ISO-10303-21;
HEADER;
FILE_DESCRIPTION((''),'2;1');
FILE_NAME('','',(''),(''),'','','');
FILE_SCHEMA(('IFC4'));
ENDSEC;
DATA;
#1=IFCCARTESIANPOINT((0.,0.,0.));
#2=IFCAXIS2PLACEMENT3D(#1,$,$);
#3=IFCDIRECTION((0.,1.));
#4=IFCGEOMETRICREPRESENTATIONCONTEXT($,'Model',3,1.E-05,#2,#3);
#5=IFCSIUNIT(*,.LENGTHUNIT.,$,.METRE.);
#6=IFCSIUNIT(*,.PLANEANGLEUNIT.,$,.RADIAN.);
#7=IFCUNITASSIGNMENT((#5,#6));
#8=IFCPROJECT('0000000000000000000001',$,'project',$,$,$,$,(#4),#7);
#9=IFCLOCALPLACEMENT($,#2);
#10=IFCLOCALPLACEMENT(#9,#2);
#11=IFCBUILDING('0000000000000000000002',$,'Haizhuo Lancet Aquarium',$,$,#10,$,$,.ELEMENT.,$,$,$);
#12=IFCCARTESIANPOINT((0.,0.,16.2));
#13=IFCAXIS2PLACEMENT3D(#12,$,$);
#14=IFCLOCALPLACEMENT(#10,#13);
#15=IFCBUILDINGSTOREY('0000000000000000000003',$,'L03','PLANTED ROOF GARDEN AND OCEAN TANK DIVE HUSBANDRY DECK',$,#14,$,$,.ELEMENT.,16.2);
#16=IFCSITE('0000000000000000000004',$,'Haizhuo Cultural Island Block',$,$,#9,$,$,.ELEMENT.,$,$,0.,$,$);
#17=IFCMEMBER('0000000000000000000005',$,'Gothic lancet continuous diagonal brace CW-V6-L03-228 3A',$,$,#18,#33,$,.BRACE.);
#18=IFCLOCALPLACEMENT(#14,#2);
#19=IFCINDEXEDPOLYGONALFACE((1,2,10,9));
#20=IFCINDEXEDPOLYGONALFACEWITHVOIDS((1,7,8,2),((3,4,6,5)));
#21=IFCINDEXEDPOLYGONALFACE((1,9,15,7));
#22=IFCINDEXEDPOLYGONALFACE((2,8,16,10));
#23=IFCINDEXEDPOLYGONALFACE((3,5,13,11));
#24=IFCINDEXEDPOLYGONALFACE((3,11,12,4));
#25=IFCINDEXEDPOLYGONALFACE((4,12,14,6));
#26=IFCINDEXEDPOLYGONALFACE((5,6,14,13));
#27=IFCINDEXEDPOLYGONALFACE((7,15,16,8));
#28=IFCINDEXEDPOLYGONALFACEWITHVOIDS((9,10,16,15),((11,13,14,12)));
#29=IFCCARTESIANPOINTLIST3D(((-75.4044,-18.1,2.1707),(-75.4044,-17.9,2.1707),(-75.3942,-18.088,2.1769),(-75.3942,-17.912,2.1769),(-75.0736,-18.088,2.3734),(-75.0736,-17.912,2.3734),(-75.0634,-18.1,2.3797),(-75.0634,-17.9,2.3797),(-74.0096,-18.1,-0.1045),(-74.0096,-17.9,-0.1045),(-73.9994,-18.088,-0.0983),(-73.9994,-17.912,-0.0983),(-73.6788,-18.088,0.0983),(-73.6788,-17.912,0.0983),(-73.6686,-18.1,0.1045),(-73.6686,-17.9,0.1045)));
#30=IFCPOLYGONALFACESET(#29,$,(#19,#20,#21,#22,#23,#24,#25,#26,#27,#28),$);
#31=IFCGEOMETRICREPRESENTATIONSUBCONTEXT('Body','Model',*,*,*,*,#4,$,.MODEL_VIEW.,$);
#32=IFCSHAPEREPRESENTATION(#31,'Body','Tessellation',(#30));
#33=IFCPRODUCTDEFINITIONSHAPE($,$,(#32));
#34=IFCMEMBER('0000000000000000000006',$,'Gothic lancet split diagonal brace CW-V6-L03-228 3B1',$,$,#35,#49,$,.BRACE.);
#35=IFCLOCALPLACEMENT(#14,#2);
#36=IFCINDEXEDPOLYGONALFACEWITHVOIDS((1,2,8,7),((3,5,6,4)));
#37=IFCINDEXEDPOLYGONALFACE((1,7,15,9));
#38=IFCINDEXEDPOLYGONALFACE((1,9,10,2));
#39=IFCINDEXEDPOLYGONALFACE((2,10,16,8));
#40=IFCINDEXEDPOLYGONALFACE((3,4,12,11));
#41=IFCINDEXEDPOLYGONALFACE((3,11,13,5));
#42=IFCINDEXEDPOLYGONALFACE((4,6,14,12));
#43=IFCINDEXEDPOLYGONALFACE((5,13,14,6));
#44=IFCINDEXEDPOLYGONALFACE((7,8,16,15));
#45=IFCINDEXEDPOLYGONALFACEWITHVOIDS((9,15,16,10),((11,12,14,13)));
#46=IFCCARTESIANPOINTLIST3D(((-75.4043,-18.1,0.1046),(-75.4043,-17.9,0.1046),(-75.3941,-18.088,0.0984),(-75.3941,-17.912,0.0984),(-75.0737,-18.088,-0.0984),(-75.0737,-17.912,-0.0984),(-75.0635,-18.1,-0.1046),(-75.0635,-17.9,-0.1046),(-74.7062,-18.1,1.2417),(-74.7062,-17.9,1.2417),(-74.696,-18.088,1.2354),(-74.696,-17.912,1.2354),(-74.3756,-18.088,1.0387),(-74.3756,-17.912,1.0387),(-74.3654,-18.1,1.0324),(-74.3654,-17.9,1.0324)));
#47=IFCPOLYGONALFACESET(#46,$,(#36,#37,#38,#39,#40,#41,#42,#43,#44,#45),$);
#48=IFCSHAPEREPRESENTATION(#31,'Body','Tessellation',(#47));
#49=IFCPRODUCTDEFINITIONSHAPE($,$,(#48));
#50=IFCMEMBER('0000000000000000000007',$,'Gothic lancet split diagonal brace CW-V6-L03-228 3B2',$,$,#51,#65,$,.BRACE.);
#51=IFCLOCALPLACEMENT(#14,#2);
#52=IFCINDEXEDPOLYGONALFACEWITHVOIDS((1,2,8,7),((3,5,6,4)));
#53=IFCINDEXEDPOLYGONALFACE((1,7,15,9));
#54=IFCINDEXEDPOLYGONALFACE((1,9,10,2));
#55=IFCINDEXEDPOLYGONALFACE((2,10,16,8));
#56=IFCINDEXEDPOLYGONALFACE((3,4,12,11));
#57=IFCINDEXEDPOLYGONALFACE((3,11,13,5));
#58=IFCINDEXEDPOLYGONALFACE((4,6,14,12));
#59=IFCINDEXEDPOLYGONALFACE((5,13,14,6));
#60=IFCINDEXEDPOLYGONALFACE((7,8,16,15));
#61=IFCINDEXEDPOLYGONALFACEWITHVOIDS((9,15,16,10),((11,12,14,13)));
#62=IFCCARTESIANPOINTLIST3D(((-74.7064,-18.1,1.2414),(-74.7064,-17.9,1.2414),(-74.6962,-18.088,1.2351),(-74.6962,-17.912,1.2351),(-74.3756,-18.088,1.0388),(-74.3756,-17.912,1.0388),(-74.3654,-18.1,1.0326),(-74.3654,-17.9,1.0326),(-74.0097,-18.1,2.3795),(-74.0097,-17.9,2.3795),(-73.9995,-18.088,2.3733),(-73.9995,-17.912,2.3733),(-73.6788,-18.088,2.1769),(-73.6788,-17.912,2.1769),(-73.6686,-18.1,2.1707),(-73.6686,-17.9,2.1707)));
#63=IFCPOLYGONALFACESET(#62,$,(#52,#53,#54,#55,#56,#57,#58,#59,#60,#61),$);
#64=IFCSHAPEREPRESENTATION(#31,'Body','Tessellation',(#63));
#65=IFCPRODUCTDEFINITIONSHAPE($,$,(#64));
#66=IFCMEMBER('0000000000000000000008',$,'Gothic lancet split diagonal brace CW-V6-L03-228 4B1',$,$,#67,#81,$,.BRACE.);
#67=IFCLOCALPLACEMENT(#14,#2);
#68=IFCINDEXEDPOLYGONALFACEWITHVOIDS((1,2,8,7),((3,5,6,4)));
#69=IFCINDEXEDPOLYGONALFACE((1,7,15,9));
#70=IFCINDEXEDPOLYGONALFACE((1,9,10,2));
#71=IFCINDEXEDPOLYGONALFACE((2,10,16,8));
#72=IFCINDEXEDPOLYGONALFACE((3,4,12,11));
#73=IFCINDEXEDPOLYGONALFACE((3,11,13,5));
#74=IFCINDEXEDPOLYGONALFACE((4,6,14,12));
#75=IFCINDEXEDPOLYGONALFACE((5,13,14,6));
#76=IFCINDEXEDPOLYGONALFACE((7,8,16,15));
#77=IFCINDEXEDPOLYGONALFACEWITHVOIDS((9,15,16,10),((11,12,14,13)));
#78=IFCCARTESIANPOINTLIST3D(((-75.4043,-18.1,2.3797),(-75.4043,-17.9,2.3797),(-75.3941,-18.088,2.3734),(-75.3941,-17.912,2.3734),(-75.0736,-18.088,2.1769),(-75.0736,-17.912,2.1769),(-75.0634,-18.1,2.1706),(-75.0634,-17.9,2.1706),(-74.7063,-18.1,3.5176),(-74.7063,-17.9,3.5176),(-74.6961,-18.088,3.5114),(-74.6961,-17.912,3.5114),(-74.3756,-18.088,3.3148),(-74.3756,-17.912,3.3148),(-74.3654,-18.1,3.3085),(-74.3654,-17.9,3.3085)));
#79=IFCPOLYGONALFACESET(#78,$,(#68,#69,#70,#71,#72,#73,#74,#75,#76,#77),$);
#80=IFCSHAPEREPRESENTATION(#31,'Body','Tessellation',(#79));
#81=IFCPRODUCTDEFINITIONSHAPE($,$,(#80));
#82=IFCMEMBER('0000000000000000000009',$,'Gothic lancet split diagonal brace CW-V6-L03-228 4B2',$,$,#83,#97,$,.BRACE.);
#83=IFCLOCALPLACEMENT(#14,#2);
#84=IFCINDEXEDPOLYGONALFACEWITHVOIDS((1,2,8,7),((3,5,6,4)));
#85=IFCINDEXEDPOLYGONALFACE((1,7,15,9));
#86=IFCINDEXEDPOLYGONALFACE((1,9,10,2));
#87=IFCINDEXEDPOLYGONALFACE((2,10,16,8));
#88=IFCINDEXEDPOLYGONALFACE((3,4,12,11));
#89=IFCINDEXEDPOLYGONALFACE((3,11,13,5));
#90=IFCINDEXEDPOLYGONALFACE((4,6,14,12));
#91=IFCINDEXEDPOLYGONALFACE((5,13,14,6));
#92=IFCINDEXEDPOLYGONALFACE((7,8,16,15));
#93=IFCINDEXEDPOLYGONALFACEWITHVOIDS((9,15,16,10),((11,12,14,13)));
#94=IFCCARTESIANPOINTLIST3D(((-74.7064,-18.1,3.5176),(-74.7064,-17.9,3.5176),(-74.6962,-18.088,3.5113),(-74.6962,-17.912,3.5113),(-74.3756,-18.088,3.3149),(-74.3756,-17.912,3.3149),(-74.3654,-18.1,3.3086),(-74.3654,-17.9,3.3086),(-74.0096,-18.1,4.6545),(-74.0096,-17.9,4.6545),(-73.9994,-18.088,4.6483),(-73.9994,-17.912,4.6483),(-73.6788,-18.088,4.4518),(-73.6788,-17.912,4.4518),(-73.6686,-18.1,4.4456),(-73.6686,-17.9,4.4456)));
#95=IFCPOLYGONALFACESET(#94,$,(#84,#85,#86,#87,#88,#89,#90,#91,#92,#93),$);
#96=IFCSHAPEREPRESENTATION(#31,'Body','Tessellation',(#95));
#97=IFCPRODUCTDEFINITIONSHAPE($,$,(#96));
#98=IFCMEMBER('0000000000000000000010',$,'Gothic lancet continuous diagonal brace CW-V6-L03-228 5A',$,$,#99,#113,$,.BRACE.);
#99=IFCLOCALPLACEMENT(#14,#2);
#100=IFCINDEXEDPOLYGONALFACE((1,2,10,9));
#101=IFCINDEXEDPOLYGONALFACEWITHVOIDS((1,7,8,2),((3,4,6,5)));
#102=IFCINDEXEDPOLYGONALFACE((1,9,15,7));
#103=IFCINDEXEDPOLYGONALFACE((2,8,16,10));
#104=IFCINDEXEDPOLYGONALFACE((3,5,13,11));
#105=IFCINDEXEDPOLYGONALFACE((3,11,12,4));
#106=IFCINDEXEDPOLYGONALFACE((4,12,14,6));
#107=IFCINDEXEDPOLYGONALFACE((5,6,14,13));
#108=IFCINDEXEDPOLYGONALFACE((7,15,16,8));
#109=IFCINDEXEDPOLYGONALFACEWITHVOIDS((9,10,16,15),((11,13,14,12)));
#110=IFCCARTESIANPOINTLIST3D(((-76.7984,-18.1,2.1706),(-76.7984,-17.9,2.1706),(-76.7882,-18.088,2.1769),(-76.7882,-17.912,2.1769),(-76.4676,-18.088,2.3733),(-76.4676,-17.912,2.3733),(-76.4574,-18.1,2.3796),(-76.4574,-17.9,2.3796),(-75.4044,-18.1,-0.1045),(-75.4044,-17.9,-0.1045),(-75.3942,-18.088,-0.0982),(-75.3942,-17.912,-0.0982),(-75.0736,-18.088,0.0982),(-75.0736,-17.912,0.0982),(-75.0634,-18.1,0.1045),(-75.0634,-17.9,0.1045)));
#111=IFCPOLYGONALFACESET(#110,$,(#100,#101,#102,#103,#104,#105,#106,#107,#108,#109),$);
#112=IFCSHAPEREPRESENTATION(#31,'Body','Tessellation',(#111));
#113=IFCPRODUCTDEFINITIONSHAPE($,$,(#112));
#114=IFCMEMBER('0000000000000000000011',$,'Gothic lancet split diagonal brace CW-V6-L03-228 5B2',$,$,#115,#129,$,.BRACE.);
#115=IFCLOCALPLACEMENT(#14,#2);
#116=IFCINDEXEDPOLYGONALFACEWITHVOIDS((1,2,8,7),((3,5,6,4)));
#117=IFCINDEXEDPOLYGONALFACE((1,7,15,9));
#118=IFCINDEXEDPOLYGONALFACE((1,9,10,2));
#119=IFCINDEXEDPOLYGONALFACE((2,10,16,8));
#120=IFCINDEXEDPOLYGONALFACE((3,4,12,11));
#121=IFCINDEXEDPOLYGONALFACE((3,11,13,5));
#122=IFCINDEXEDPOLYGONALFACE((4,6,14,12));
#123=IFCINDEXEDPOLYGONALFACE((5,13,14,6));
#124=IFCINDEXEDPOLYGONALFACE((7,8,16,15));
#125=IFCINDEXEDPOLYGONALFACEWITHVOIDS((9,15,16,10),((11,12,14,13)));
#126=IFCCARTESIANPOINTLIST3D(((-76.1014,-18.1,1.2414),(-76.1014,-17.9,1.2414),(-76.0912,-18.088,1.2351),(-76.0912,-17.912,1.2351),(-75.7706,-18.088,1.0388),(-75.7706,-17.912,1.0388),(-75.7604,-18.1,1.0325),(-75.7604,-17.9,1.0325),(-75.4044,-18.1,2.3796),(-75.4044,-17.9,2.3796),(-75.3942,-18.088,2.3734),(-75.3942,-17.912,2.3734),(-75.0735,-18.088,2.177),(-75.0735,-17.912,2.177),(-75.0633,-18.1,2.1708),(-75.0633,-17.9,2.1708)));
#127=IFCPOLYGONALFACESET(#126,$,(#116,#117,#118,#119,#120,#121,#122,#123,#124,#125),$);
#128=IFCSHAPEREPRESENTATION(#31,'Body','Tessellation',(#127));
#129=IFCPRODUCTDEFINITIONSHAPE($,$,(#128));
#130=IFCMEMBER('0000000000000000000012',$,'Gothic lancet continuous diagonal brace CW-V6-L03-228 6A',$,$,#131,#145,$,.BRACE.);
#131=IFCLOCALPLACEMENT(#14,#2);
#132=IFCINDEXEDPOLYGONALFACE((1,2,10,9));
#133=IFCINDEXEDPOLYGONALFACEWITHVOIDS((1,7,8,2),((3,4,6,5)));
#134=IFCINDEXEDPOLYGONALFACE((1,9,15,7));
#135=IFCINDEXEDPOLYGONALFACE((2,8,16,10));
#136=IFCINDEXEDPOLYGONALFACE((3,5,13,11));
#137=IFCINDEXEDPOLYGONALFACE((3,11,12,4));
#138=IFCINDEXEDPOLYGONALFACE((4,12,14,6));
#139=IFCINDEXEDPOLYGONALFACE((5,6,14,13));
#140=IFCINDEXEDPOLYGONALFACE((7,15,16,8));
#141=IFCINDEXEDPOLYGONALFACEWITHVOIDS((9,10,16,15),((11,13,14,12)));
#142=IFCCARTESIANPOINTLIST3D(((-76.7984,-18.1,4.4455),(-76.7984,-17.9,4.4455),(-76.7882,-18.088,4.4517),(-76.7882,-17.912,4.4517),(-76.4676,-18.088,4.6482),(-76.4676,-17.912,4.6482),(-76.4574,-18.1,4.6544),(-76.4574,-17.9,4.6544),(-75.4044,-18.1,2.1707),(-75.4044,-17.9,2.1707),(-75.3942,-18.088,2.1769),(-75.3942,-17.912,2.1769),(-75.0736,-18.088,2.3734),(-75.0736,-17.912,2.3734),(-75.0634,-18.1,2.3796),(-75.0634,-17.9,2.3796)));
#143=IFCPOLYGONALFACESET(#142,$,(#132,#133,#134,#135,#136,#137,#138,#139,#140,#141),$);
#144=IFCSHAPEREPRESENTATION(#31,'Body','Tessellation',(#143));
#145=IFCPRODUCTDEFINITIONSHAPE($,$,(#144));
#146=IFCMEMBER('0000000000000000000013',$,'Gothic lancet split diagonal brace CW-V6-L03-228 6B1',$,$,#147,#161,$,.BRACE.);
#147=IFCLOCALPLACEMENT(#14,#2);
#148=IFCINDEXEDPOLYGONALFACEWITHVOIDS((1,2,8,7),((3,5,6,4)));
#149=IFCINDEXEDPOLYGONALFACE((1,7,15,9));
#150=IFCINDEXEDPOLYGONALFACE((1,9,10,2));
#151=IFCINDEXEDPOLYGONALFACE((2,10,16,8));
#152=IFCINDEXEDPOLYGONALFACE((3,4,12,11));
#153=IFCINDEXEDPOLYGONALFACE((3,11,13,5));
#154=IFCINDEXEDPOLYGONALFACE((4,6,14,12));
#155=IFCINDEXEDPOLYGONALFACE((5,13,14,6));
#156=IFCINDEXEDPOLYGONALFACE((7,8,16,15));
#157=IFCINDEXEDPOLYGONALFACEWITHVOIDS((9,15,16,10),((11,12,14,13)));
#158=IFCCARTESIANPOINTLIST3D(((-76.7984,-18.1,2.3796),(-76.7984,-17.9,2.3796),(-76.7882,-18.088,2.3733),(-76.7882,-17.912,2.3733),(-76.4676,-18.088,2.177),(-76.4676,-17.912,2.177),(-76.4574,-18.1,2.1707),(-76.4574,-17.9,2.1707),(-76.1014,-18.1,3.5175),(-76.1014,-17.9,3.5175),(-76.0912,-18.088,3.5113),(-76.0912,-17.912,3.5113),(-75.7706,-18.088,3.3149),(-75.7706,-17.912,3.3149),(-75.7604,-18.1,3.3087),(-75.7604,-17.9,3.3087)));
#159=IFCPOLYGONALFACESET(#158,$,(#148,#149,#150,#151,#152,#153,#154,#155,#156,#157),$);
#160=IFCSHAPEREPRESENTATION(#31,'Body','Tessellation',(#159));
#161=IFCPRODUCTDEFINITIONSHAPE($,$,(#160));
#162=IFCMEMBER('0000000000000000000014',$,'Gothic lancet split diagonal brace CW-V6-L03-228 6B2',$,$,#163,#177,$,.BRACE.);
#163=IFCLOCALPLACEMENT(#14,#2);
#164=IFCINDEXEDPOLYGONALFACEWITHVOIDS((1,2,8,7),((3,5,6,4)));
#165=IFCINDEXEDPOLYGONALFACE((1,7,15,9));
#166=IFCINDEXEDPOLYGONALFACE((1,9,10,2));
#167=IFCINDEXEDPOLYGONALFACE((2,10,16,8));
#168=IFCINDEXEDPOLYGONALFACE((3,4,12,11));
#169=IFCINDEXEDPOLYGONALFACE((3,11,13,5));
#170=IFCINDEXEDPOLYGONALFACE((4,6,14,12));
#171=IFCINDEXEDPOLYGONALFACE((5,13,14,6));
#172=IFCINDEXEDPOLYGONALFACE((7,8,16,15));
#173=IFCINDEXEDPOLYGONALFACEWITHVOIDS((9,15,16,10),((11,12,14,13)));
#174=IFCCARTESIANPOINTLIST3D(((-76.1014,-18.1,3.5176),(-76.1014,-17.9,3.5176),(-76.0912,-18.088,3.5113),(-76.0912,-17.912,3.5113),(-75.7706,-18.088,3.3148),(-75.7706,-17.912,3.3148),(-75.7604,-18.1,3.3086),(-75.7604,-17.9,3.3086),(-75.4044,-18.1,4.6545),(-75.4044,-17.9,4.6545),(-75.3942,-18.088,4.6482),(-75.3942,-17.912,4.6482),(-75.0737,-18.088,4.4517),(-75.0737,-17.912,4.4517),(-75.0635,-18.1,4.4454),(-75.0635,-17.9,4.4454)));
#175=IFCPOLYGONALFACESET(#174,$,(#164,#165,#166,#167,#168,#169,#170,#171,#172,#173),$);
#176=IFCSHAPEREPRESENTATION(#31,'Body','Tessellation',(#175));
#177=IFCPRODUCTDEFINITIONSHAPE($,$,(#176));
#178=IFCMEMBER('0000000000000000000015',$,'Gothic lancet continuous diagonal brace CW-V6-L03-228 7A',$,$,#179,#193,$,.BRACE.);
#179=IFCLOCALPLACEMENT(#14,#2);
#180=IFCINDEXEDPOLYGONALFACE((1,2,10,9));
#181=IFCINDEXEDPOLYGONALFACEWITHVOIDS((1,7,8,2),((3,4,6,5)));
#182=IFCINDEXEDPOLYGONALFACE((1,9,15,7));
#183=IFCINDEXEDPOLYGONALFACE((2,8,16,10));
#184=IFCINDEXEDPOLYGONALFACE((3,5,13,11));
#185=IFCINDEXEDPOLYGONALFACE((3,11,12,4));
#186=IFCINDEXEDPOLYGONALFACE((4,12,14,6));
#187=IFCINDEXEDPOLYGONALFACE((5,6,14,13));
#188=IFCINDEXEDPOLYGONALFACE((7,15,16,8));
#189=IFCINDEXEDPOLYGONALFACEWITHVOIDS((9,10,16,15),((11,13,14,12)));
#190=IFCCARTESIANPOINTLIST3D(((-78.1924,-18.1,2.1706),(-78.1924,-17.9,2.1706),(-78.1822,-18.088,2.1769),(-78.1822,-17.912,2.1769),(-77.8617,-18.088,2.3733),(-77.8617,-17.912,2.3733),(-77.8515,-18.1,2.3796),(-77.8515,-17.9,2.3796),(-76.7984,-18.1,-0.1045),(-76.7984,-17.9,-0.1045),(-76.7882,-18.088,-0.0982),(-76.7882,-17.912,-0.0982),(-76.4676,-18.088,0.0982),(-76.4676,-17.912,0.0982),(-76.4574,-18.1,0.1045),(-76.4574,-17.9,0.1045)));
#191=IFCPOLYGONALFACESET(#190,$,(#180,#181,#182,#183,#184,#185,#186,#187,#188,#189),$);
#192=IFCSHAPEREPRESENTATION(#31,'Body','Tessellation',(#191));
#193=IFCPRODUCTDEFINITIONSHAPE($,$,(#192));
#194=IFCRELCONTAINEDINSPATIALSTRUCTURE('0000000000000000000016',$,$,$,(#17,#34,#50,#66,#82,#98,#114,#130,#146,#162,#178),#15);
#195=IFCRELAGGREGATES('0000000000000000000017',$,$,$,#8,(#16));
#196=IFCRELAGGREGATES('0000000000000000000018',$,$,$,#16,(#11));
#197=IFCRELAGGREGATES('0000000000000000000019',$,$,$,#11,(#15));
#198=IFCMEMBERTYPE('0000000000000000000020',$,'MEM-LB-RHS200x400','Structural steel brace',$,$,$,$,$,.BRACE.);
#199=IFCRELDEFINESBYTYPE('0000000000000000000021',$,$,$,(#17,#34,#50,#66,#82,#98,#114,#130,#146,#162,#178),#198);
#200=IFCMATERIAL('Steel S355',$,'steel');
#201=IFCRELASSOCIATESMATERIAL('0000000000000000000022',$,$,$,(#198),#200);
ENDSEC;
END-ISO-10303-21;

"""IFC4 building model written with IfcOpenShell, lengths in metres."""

from ifc_helpers import new_model, si_unit, direction, frame, origin, origin_2d, place, context, subcontext, project, spatial, hollow_rectangle, extrude, material, material_profile, profile_set, type_object, element, save


model = new_model("IFC4")

# Units and contexts
model_context = context("Model", 3, precision=1e-05, world=origin(), true_north=direction((0.0, 1.0)))
body_context = subcontext(model_context, "Body", "Model", "MODEL_VIEW")
ifc_project = project(units=[si_unit("LENGTHUNIT", "METRE"), si_unit("PLANEANGLEUNIT", "RADIAN")], contexts=[model_context])

# Site, building, storey
site_placement = place(None, origin())
site = spatial("IfcSite", under=ifc_project, at=site_placement, Name="Haizhuo Cultural Island Block", CompositionType="ELEMENT", RefElevation=0.0)
building_placement = place(site_placement, origin())
building = spatial("IfcBuilding", under=site, at=building_placement, Name="Haizhuo Lancet Aquarium", CompositionType="ELEMENT")
storey_placement = place(building_placement, frame((0.0, 0.0, 16.2)))
storey = spatial("IfcBuildingStorey", under=building, at=storey_placement, Name="L03", Description="PLANTED ROOF GARDEN AND OCEAN TANK DIVE HUSBANDRY DECK", CompositionType="ELEMENT", Elevation=16.2)

# Members
ifc_material_1 = material(Name="Steel S355", Category="steel")
ifc_material_profile_1 = material_profile(ifc_material_1, hollow_rectangle(XDim=0.2, YDim=0.3999, WallThickness=0.012, at=origin_2d()), Name="RHS 200x400x12")
ifc_profile_set_1 = profile_set([ifc_material_profile_1], Name="Steel S355")
member_type_1 = type_object("IfcMemberType", Name="MEM-LB-RHS200x400", Description="Structural steel brace", PredefinedType="BRACE", material=ifc_profile_set_1)
member_1_placement = place(storey_placement, frame((-73.8391, -18.0, 0.0), z_axis=(-0.522652, 0.0, 0.852546), x_axis=(0.0, -1.0, 0.0)))
element("IfcMember", 1, at=member_1_placement, inside=storey, type_object=member_type_1, Name="Gothic lancet continuous diagonal brace CW-V6-L03-228 3A", PredefinedType="BRACE", context=body_context, shape_type="SweptSolid", body=[
    extrude(hollow_rectangle(XDim=0.2, YDim=0.3999, WallThickness=0.012, at=origin_2d()), origin(), (0.0, 0.0, 1.0), 2.6687),
])
member_2_placement = place(storey_placement, frame((-75.2339, -18.0, 0.0), z_axis=(0.523188, 0.0, 0.852217), x_axis=(0.0, 1.0, 0.0)))
element("IfcMember", 2, at=member_2_placement, inside=storey, type_object=member_type_1, Name="Gothic lancet split diagonal brace CW-V6-L03-228 3B1", PredefinedType="BRACE", context=body_context, shape_type="SweptSolid", body=[
    extrude(hollow_rectangle(XDim=0.2, YDim=0.3999, WallThickness=0.012, at=origin_2d()), origin(), (0.0, 0.0, 1.0), 1.3342),
])
member_3_placement = place(storey_placement, frame((-74.5359, -18.0, 1.137), z_axis=(0.522116, 0.0, 0.852875), x_axis=(0.0, 1.0, 0.0)))
element("IfcMember", 3, at=member_3_placement, inside=storey, type_object=member_type_1, Name="Gothic lancet split diagonal brace CW-V6-L03-228 3B2", PredefinedType="BRACE", context=body_context, shape_type="SweptSolid", body=[
    extrude(hollow_rectangle(XDim=0.2, YDim=0.3999, WallThickness=0.012, at=origin_2d()), origin(), (0.0, 0.0, 1.0), 1.3345),
])
member_4_placement = place(storey_placement, frame((-75.2339, -18.0, 2.2751), z_axis=(0.522862, 0.0, 0.852417), x_axis=(0.0, 1.0, 0.0)))
element("IfcMember", 4, at=member_4_placement, inside=storey, type_object=member_type_1, Name="Gothic lancet split diagonal brace CW-V6-L03-228 4B1", PredefinedType="BRACE", context=body_context, shape_type="SweptSolid", body=[
    extrude(hollow_rectangle(XDim=0.2, YDim=0.3999, WallThickness=0.012, at=origin_2d()), origin(), (0.0, 0.0, 1.0), 1.335),
])
member_5_placement = place(storey_placement, frame((-74.5359, -18.0, 3.4131), z_axis=(0.522523, 0.0, 0.852625), x_axis=(0.0, 1.0, 0.0)))
element("IfcMember", 5, at=member_5_placement, inside=storey, type_object=member_type_1, Name="Gothic lancet split diagonal brace CW-V6-L03-228 4B2", PredefinedType="BRACE", context=body_context, shape_type="SweptSolid", body=[
    extrude(hollow_rectangle(XDim=0.2, YDim=0.3999, WallThickness=0.012, at=origin_2d()), origin(), (0.0, 0.0, 1.0), 1.3335),
])
member_6_placement = place(storey_placement, frame((-75.2339, -18.0, 0.0), z_axis=(-0.522453, 0.0, 0.852668), x_axis=(0.0, -1.0, 0.0)))
element("IfcMember", 6, at=member_6_placement, inside=storey, type_object=member_type_1, Name="Gothic lancet continuous diagonal brace CW-V6-L03-228 5A", PredefinedType="BRACE", context=body_context, shape_type="SweptSolid", body=[
    extrude(hollow_rectangle(XDim=0.2, YDim=0.3999, WallThickness=0.012, at=origin_2d()), origin(), (0.0, 0.0, 1.0), 2.6682),
])
member_7_placement = place(storey_placement, frame((-75.9309, -18.0, 1.137), z_axis=(0.522249, 0.0, 0.852793), x_axis=(0.0, 1.0, 0.0)))
element("IfcMember", 7, at=member_7_placement, inside=storey, type_object=member_type_1, Name="Gothic lancet split diagonal brace CW-V6-L03-228 5B2", PredefinedType="BRACE", context=body_context, shape_type="SweptSolid", body=[
    extrude(hollow_rectangle(XDim=0.2, YDim=0.3999, WallThickness=0.012, at=origin_2d()), origin(), (0.0, 0.0, 1.0), 1.3347),
])
member_8_placement = place(storey_placement, frame((-75.2339, -18.0, 2.2751), z_axis=(-0.522493, 0.0, 0.852643), x_axis=(0.0, -1.0, 0.0)))
element("IfcMember", 8, at=member_8_placement, inside=storey, type_object=member_type_1, Name="Gothic lancet continuous diagonal brace CW-V6-L03-228 6A", PredefinedType="BRACE", context=body_context, shape_type="SweptSolid", body=[
    extrude(hollow_rectangle(XDim=0.2, YDim=0.3999, WallThickness=0.012, at=origin_2d()), origin(), (0.0, 0.0, 1.0), 2.668),
])
member_9_placement = place(storey_placement, frame((-76.6279, -18.0, 2.2751), z_axis=(0.52233, 0.0, 0.852743), x_axis=(0.0, 1.0, 0.0)))
element("IfcMember", 9, at=member_9_placement, inside=storey, type_object=member_type_1, Name="Gothic lancet split diagonal brace CW-V6-L03-228 6B1", PredefinedType="BRACE", context=body_context, shape_type="SweptSolid", body=[
    extrude(hollow_rectangle(XDim=0.2, YDim=0.3999, WallThickness=0.012, at=origin_2d()), origin(), (0.0, 0.0, 1.0), 1.3345),
])
member_10_placement = place(storey_placement, frame((-75.9309, -18.0, 3.4131), z_axis=(0.522656, 0.0, 0.852543), x_axis=(0.0, 1.0, 0.0)))
element("IfcMember", 10, at=member_10_placement, inside=storey, type_object=member_type_1, Name="Gothic lancet split diagonal brace CW-V6-L03-228 6B2", PredefinedType="BRACE", context=body_context, shape_type="SweptSolid", body=[
    extrude(hollow_rectangle(XDim=0.2, YDim=0.3999, WallThickness=0.012, at=origin_2d()), origin(), (0.0, 0.0, 1.0), 1.3335),
])
member_11_placement = place(storey_placement, frame((-76.6279, -18.0, 0.0), z_axis=(-0.522453, 0.0, 0.852668), x_axis=(0.0, -1.0, 0.0)))
element("IfcMember", 11, at=member_11_placement, inside=storey, type_object=member_type_1, Name="Gothic lancet continuous diagonal brace CW-V6-L03-228 7A", PredefinedType="BRACE", context=body_context, shape_type="SweptSolid", body=[
    extrude(hollow_rectangle(XDim=0.2, YDim=0.3999, WallThickness=0.012, at=origin_2d()), origin(), (0.0, 0.0, 1.0), 2.6682),
])

save(model, "model.ifc")
